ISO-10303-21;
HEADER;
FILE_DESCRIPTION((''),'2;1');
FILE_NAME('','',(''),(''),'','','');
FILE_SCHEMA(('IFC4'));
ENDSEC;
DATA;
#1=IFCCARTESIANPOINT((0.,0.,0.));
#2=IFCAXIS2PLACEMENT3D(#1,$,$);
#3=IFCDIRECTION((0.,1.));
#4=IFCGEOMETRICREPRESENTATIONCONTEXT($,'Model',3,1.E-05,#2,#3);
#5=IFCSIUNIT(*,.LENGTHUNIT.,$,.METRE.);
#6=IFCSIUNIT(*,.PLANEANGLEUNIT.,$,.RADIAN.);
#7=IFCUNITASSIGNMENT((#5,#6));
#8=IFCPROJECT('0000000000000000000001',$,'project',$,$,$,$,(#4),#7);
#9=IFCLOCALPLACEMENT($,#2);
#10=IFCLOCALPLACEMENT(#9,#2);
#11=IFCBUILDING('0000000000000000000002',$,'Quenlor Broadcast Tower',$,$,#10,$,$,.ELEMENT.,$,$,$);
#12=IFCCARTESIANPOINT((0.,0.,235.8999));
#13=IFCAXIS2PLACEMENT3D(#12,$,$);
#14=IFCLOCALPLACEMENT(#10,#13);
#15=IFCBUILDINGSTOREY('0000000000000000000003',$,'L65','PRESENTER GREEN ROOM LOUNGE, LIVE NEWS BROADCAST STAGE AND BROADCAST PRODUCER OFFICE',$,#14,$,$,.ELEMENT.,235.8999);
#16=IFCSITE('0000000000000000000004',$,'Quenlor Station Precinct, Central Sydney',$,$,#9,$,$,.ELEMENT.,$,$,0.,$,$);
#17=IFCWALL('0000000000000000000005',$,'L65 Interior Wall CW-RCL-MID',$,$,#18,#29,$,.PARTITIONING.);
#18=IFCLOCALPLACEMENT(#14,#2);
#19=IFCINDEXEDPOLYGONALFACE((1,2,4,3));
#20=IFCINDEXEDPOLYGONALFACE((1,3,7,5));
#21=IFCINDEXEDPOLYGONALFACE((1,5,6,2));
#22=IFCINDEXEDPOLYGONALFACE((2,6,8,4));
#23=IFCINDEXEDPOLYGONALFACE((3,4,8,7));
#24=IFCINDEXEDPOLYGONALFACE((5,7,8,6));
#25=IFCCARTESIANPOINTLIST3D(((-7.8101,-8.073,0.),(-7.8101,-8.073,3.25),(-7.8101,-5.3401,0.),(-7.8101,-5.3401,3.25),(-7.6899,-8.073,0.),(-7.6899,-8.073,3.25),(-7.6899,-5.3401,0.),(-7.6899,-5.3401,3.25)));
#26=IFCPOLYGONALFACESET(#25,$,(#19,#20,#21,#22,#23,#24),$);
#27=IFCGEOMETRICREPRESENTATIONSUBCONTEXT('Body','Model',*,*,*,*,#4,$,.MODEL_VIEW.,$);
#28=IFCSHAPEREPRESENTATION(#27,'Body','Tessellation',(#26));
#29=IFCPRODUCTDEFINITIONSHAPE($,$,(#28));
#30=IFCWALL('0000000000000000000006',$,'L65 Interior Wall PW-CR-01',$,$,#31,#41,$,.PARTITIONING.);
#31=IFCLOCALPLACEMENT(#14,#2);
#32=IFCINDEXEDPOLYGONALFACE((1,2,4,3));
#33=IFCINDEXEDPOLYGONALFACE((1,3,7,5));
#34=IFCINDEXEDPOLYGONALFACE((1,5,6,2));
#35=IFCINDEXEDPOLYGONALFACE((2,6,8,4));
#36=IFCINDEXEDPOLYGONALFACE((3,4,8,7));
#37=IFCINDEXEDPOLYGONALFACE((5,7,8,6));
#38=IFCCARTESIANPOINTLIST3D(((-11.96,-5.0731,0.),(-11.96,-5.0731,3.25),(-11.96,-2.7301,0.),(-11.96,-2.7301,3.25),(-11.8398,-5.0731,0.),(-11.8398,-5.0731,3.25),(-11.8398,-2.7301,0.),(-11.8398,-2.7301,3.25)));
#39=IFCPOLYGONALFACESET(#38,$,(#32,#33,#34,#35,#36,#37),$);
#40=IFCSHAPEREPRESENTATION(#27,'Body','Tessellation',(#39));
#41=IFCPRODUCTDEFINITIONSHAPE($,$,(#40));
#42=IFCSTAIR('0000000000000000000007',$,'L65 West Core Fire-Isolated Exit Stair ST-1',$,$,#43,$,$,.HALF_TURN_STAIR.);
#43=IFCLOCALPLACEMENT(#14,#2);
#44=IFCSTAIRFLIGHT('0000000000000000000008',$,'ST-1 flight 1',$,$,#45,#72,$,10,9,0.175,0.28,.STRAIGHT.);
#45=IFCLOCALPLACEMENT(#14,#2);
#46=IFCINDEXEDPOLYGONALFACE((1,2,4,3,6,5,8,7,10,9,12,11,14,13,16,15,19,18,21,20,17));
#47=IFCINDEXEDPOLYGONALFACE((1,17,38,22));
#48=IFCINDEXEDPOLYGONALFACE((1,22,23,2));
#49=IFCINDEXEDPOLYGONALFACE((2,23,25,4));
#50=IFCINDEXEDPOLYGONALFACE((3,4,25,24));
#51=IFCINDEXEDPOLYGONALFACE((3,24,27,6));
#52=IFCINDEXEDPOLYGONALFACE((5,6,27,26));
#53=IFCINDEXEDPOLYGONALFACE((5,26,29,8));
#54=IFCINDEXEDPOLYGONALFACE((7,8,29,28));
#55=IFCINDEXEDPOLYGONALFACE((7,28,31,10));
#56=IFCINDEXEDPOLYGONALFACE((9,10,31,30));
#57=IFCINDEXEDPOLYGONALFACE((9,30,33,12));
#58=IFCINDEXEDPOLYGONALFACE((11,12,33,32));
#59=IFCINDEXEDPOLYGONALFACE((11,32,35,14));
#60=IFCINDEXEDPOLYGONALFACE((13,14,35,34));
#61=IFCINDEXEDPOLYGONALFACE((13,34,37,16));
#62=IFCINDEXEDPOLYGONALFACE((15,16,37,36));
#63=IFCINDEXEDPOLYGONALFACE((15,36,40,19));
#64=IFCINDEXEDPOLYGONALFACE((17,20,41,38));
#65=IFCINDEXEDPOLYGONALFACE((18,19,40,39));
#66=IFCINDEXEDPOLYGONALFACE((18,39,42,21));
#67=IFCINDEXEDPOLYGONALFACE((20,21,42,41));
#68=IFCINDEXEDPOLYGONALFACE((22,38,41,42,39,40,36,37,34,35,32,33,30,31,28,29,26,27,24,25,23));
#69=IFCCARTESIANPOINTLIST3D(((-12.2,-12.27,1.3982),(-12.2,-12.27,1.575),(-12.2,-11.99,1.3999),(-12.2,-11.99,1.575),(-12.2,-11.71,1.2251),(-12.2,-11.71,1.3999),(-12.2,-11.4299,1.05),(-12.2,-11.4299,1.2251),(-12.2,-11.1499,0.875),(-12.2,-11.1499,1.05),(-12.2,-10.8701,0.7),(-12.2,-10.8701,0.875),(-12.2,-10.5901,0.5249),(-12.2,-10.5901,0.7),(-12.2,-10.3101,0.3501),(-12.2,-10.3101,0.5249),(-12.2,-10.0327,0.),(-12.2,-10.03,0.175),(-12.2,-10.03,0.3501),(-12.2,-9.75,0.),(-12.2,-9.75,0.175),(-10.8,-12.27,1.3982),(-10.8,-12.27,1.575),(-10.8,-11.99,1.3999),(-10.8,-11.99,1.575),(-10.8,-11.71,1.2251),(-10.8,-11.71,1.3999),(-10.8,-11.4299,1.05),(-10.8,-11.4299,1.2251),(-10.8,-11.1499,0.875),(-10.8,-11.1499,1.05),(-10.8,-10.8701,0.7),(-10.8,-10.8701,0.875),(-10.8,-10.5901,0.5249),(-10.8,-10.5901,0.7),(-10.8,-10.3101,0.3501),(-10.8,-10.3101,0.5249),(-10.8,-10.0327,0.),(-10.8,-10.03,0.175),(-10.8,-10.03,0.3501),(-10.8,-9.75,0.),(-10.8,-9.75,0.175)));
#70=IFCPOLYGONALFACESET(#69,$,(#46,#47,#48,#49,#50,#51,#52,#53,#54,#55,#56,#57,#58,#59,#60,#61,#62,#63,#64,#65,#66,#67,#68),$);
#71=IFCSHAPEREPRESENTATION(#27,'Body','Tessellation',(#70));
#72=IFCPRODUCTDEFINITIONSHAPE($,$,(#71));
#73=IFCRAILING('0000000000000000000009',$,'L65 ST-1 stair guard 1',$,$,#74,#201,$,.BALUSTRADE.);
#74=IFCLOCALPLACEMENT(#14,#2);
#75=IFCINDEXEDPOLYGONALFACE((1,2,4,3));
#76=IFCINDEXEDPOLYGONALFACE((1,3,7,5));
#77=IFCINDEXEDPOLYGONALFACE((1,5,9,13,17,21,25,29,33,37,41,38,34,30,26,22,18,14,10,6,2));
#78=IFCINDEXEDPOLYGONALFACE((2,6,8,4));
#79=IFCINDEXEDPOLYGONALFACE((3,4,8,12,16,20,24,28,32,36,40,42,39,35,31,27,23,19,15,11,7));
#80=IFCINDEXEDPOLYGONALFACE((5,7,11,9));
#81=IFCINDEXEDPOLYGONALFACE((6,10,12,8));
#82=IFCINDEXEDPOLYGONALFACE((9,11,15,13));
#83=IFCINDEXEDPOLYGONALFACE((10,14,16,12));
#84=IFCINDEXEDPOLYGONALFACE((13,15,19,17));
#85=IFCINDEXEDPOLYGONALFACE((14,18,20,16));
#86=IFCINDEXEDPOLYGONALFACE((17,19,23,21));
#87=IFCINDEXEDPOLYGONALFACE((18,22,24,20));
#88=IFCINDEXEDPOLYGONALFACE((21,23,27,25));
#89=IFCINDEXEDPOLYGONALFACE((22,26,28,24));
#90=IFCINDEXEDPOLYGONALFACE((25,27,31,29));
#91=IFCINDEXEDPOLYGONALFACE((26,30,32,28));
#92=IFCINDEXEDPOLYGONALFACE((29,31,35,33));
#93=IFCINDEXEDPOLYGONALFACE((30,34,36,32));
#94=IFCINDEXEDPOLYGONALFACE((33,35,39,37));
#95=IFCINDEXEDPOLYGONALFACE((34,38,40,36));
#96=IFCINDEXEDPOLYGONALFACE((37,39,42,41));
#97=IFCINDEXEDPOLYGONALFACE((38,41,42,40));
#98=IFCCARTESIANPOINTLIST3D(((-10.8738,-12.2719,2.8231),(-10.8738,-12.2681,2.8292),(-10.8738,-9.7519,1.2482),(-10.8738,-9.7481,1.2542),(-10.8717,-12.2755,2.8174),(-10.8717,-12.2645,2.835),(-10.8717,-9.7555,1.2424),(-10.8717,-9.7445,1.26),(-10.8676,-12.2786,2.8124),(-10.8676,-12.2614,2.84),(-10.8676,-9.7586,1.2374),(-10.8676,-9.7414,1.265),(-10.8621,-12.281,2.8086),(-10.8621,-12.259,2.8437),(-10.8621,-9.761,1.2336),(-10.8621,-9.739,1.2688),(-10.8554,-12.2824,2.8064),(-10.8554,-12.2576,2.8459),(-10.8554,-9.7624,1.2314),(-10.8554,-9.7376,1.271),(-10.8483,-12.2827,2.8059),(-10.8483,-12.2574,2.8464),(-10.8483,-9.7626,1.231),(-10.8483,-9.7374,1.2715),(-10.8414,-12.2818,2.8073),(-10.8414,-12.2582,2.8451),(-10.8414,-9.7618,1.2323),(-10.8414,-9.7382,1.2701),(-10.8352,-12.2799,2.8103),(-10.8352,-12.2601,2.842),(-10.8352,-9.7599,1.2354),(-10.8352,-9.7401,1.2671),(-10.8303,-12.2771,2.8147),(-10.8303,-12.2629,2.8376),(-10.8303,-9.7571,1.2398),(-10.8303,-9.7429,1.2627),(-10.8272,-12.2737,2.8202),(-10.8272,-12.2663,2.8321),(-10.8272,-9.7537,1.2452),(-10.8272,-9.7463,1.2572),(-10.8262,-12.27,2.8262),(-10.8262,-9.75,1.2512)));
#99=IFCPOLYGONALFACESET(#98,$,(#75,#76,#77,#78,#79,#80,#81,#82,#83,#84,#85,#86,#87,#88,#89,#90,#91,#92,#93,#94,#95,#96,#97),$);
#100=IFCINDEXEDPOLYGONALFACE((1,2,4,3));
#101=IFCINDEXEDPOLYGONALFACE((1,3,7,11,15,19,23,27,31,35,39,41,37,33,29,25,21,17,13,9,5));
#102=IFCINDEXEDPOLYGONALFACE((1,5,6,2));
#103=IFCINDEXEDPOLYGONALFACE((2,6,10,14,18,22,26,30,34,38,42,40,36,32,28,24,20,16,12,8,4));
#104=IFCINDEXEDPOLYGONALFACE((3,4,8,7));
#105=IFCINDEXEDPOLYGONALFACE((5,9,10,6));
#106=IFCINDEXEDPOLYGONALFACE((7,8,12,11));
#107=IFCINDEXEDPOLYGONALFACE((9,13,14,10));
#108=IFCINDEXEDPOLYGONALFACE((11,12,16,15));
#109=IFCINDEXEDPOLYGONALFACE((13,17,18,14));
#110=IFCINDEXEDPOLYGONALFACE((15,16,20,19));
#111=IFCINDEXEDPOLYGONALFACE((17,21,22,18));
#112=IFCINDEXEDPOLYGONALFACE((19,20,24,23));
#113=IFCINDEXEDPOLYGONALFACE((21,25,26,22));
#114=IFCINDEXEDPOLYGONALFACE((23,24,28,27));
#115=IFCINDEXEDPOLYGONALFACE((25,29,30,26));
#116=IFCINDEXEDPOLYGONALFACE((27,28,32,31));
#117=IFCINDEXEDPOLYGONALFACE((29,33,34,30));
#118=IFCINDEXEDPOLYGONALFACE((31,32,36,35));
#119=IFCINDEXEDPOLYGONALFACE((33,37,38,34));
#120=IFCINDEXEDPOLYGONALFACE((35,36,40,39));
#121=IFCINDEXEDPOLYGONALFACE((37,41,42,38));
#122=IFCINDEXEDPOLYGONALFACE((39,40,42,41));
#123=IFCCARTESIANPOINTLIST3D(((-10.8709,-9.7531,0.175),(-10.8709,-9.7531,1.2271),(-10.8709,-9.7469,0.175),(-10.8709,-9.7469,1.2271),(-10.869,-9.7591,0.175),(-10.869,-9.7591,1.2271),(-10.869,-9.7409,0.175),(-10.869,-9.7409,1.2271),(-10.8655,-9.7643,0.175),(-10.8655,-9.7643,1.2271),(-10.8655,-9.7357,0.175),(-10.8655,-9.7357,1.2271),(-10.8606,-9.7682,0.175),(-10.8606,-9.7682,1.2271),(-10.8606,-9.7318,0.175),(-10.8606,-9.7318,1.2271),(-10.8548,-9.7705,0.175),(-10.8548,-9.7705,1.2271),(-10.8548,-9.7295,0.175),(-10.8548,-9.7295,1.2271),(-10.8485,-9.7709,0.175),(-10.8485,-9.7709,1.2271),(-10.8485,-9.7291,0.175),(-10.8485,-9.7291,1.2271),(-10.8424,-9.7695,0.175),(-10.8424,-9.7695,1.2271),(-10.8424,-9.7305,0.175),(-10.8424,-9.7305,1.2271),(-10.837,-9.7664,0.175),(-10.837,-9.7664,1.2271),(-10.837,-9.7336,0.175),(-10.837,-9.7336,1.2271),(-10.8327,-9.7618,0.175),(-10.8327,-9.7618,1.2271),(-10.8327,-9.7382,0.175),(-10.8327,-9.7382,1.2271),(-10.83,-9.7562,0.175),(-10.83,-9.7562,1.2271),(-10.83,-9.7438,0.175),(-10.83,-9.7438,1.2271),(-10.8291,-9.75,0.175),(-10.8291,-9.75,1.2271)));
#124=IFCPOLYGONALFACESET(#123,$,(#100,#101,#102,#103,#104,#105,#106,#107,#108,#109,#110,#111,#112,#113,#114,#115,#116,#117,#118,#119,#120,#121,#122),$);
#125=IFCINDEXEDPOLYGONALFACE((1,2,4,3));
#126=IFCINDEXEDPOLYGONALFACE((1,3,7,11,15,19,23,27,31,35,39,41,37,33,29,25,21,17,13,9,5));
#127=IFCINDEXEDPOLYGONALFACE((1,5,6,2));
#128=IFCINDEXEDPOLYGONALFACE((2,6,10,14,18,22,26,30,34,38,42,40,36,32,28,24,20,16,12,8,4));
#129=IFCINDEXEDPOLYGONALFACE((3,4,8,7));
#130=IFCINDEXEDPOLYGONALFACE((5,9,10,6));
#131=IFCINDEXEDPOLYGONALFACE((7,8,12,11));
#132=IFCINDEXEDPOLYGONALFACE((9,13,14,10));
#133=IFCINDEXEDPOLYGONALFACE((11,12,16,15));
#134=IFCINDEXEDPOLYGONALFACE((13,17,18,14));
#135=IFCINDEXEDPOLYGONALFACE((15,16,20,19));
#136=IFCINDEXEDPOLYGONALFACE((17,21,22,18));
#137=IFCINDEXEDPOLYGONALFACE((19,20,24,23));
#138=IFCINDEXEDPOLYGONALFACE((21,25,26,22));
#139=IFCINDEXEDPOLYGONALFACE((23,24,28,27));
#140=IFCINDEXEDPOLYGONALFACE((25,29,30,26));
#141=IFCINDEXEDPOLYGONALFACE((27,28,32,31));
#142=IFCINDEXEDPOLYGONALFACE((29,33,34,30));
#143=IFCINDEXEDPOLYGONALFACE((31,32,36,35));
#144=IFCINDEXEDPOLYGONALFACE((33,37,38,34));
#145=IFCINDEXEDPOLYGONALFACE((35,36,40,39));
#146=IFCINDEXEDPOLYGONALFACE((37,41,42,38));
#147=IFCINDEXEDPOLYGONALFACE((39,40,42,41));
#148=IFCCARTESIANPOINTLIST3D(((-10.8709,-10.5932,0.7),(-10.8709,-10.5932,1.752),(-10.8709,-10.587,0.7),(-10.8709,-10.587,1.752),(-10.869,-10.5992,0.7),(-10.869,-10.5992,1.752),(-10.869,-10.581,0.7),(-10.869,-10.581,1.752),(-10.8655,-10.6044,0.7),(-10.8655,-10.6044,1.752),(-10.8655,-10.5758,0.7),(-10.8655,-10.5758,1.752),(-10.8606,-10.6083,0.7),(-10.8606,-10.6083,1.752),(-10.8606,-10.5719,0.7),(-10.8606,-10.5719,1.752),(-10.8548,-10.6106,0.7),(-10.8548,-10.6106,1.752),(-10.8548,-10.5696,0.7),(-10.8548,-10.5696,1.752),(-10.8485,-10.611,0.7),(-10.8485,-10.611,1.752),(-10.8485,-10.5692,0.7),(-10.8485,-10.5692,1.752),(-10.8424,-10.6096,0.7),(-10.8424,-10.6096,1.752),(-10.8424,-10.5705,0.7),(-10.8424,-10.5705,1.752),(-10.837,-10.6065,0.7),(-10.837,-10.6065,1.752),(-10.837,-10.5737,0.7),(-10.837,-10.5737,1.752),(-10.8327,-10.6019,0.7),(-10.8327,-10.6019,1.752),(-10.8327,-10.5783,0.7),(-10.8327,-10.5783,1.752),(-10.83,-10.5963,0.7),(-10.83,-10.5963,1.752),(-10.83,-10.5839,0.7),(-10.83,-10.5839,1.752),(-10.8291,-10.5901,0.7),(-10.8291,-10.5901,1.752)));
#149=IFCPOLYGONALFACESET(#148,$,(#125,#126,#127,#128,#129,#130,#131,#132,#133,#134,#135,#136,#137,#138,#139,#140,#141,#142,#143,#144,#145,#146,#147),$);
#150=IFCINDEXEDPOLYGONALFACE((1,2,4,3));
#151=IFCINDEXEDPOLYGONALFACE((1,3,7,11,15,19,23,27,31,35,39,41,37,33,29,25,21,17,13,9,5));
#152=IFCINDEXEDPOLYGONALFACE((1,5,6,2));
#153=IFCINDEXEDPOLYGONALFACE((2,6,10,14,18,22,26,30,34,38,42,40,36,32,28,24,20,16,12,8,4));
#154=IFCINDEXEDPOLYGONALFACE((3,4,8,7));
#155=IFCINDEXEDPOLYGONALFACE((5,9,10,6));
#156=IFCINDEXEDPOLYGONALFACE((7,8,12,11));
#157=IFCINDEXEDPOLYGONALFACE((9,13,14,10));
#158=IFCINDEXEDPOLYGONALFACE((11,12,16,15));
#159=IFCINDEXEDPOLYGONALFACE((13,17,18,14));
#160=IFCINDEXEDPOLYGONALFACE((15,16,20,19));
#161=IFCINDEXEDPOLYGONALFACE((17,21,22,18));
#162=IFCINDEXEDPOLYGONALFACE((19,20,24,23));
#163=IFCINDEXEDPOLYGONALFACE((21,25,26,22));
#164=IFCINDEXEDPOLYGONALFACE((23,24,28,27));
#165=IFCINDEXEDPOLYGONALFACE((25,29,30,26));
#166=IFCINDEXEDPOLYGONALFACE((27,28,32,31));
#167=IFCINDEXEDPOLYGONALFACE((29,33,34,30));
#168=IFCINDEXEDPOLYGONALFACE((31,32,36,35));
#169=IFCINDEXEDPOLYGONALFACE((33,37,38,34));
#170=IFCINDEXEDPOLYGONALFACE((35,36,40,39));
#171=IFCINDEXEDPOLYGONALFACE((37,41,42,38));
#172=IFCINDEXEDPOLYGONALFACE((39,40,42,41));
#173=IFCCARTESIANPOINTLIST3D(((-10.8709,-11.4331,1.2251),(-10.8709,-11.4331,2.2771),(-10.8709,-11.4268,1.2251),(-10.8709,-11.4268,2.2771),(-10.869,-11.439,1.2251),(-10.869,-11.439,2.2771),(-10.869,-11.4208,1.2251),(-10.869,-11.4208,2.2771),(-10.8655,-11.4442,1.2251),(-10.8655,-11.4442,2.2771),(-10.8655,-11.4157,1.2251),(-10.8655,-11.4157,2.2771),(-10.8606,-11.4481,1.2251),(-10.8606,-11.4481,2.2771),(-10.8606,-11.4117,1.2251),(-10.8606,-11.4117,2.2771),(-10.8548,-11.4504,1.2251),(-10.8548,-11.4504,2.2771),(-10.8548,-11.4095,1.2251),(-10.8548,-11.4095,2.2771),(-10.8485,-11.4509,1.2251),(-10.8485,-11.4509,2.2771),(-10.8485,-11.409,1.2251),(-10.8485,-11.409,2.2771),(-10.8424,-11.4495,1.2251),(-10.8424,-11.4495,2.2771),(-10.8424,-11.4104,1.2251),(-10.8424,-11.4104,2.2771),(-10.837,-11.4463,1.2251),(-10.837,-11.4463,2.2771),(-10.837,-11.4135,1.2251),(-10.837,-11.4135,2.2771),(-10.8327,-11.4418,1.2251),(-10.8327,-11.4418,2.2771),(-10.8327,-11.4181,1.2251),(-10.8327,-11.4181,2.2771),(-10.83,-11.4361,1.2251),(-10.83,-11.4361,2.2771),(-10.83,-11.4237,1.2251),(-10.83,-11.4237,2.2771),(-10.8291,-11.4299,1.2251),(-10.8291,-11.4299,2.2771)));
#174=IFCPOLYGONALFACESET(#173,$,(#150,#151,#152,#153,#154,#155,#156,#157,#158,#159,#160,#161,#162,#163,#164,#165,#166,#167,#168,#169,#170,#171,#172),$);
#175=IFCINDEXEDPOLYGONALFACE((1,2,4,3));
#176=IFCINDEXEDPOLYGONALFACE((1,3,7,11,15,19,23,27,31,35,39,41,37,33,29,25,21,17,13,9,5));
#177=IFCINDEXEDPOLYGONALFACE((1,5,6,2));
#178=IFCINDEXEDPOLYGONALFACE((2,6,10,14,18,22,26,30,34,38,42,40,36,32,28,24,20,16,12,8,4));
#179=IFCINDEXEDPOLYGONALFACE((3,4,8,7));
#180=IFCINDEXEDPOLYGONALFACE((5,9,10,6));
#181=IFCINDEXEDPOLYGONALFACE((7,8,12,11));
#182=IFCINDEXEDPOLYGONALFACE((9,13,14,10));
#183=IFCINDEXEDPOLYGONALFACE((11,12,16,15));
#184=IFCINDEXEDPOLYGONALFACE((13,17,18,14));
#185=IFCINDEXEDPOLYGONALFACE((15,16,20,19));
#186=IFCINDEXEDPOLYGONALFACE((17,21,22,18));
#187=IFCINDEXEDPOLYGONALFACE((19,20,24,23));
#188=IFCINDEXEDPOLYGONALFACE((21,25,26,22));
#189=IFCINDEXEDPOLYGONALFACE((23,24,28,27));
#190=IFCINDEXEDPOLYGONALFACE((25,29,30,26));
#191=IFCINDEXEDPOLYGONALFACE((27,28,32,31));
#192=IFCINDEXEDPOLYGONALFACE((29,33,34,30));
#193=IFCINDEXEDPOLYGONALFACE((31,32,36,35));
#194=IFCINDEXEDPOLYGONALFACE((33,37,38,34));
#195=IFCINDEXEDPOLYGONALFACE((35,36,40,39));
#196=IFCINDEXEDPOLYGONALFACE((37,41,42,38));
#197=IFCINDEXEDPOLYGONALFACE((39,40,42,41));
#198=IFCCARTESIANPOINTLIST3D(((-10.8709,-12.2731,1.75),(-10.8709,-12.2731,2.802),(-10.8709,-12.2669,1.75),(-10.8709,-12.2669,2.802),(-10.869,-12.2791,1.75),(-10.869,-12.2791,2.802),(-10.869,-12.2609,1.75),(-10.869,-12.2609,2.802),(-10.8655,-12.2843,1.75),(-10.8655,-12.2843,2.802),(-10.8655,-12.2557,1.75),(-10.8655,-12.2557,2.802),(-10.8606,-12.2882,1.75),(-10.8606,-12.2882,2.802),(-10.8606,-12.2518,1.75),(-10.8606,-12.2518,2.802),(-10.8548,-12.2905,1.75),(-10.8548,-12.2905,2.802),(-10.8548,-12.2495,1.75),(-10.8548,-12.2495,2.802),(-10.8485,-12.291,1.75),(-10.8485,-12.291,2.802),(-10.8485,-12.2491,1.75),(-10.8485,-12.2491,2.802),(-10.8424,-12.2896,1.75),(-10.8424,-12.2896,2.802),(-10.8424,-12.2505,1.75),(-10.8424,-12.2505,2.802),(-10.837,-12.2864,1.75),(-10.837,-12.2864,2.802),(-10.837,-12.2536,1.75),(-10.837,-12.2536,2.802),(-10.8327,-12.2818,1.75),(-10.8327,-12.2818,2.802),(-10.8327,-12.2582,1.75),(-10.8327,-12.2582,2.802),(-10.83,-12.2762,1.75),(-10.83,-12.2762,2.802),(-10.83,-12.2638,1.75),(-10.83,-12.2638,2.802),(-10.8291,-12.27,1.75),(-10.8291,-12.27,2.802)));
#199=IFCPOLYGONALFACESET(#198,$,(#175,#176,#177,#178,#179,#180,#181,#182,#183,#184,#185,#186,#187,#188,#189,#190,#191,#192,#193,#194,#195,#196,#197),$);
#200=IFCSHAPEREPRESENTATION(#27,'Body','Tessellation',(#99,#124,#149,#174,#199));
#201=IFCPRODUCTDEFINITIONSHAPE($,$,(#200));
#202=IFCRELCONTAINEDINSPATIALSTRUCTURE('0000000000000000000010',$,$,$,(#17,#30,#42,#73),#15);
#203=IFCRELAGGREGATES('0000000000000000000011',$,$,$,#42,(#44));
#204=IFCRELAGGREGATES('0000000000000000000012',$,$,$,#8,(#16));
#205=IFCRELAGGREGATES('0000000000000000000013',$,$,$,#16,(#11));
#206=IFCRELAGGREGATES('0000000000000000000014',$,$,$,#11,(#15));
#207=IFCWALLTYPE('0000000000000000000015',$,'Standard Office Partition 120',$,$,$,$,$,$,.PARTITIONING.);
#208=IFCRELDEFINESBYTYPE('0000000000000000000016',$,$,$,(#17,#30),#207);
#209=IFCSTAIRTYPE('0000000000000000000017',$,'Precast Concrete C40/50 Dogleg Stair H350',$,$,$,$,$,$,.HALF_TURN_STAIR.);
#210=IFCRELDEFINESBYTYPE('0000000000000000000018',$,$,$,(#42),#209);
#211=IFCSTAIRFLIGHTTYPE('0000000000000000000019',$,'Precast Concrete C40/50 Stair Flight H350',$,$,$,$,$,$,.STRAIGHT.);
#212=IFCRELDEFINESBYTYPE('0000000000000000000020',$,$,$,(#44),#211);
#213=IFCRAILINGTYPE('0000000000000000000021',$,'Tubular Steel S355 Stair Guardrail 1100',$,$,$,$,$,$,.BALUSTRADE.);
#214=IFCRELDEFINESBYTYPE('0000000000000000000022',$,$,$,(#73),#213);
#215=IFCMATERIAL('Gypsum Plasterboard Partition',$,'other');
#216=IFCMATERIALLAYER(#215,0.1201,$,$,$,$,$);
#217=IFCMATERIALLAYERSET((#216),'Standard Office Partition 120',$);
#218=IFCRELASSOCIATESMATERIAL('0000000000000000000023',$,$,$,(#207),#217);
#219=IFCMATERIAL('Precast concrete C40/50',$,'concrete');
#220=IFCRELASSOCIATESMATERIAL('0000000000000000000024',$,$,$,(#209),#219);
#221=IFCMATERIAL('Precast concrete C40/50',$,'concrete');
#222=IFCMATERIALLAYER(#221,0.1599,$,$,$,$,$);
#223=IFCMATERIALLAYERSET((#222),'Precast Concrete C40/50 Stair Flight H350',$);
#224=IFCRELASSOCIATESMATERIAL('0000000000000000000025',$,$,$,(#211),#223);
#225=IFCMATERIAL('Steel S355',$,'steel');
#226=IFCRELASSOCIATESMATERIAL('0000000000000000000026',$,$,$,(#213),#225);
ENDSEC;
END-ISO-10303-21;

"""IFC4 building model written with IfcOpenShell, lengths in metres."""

from ifc_helpers import new_model, si_unit, direction, frame, frame_2d, origin, origin_2d, place, context, subcontext, project, spatial, polyline, rectangle, circle, outline, extrude, material, layer, layer_set, type_object, element, aggregate, save


model = new_model("IFC4")

# Units and contexts
model_context = context("Model", 3, precision=1e-05, world=origin(), true_north=direction((0.0, 1.0)))
body_context = subcontext(model_context, "Body", "Model", "MODEL_VIEW")
ifc_project = project(units=[si_unit("LENGTHUNIT", "METRE"), si_unit("PLANEANGLEUNIT", "RADIAN")], contexts=[model_context])

# Site, building, storey
site_placement = place(None, origin())
site = spatial("IfcSite", under=ifc_project, at=site_placement, Name="Quenlor Station Precinct, Central Sydney", CompositionType="ELEMENT", RefElevation=0.0)
building_placement = place(site_placement, origin())
building = spatial("IfcBuilding", under=site, at=building_placement, Name="Quenlor Broadcast Tower", CompositionType="ELEMENT")
storey_placement = place(building_placement, frame((0.0, 0.0, 235.8999)))
storey = spatial("IfcBuildingStorey", under=building, at=storey_placement, Name="L65", Description="PRESENTER GREEN ROOM LOUNGE, LIVE NEWS BROADCAST STAGE AND BROADCAST PRODUCER OFFICE", CompositionType="ELEMENT", Elevation=235.8999)

# Wall
ifc_material_1 = material(Name="Gypsum Plasterboard Partition", Category="other")
ifc_layer_1 = layer(ifc_material_1, 0.1201)
ifc_layer_set_1 = layer_set([ifc_layer_1], Name="Standard Office Partition 120")
wall_type_1 = type_object("IfcWallType", Name="Standard Office Partition 120", PredefinedType="PARTITIONING", material=ifc_layer_set_1)
wall_1_placement = place(storey_placement, frame((-7.75, -8.073, 0.0), z_axis=(0.0, 0.0, 1.0), x_axis=(0.0, 1.0, 0.0)))
element("IfcWall", 1, at=wall_1_placement, inside=storey, type_object=wall_type_1, Name="L65 Interior Wall CW-RCL-MID", PredefinedType="PARTITIONING", context=body_context, shape_type="SweptSolid", body=[
    extrude(rectangle(XDim=2.7329, YDim=0.1201, at=frame_2d((1.3665, 0.0))), origin(), (0.0, 0.0, 1.0), 3.25),
])

# Wall
wall_2_placement = place(storey_placement, frame((-11.8999, -5.073, 0.0), z_axis=(0.0, 0.0, 1.0), x_axis=(0.0, 1.0, 0.0)))
element("IfcWall", 2, at=wall_2_placement, inside=storey, type_object=wall_type_1, Name="L65 Interior Wall PW-CR-01", PredefinedType="PARTITIONING", context=body_context, shape_type="SweptSolid", body=[
    extrude(rectangle(XDim=2.343, YDim=0.1201, at=frame_2d((1.1714, 0.0))), origin(), (0.0, 0.0, 1.0), 3.25),
])

# Stair, stair flight
ifc_material_2 = material(Name="Precast concrete C40/50", Category="concrete")
stair_type = type_object("IfcStairType", Name="Precast Concrete C40/50 Dogleg Stair H350", PredefinedType="HALF_TURN_STAIR", material=ifc_material_2)
stair_placement = place(storey_placement, origin())
stair = element("IfcStair", 3, at=stair_placement, inside=storey, type_object=stair_type, Name="L65 West Core Fire-Isolated Exit Stair ST-1", PredefinedType="HALF_TURN_STAIR")
ifc_material_3 = material(Name="Precast concrete C40/50", Category="concrete")
ifc_layer_2 = layer(ifc_material_3, 0.1599)
ifc_layer_set_2 = layer_set([ifc_layer_2], Name="Precast Concrete C40/50 Stair Flight H350")
stair_flight_type = type_object("IfcStairFlightType", Name="Precast Concrete C40/50 Stair Flight H350", PredefinedType="STRAIGHT", material=ifc_layer_set_2)
stair_flight_placement = place(storey_placement, frame((-11.5, -9.75, 0.0), z_axis=(0.0, 0.0, 1.0), x_axis=(0.0, -1.0, 0.0)))
stair_flight = element("IfcStairFlight", 4, at=stair_flight_placement, type_object=stair_flight_type, Name="ST-1 flight 1", NumberOfRisers=10, NumberOfTreads=9, PredefinedType="STRAIGHT", RiserHeight=0.175, TreadLength=0.28, context=body_context, shape_type="SweptSolid", body=[
    extrude(outline(polyline([(0.0, 0.0), (0.0, 0.175), (0.28, 0.175), (0.28, 0.3501), (0.5601, 0.3501), (0.5601, 0.5249), (0.8401, 0.5249), (0.8401, 0.7), (1.1201, 0.7), (1.1201, 0.875), (1.3999, 0.875), (1.3999, 1.05), (1.6799, 1.05), (1.6799, 1.2251), (1.96, 1.2251), (1.96, 1.3999), (2.24, 1.3999), (2.24, 1.575), (2.52, 1.575), (2.52, 1.75), (2.52, 1.3982), (0.2827, 0.0), (0.0, 0.0)])), frame((0.0, 0.7, 0.0), z_axis=(0.0, -1.0, 0.0), x_axis=(1.0, 0.0, 0.0)), (0.0, 0.0, 1.0), 1.3999),
])
aggregate(stair, [stair_flight])

# Railing
ifc_material_4 = material(Name="Steel S355", Category="steel")
railing_type = type_object("IfcRailingType", Name="Tubular Steel S355 Stair Guardrail 1100", PredefinedType="BALUSTRADE", material=ifc_material_4)
railing_1_placement = place(storey_placement, frame((-10.8501, -9.75, 0.175)))
element("IfcRailing", 5, at=railing_1_placement, inside=storey, type_object=railing_type, Name="L65 ST-1 stair guard 1", PredefinedType="BALUSTRADE", context=body_context, shape_type="SweptSolid", body=[
    extrude(circle(Radius=0.0239, at=origin_2d()), frame((0.0, 0.0, 1.0762), z_axis=(0.0, -0.848008, 0.529984), x_axis=(1.0, 0.0, 0.0)), (0.0, 0.0, 1.0), 2.9717),
    extrude(circle(Radius=0.021, at=origin_2d()), origin(), (0.0, 0.0, 1.0), 1.052),
    extrude(circle(Radius=0.021, at=origin_2d()), frame((0.0, -0.8401, 0.5249)), (0.0, 0.0, 1.0), 1.052),
    extrude(circle(Radius=0.021, at=origin_2d()), frame((0.0, -1.6799, 1.05)), (0.0, 0.0, 1.0), 1.052),
    extrude(circle(Radius=0.021, at=origin_2d()), frame((0.0, -2.52, 1.575)), (0.0, 0.0, 1.0), 1.052),
])

save(model, "model.ifc")
